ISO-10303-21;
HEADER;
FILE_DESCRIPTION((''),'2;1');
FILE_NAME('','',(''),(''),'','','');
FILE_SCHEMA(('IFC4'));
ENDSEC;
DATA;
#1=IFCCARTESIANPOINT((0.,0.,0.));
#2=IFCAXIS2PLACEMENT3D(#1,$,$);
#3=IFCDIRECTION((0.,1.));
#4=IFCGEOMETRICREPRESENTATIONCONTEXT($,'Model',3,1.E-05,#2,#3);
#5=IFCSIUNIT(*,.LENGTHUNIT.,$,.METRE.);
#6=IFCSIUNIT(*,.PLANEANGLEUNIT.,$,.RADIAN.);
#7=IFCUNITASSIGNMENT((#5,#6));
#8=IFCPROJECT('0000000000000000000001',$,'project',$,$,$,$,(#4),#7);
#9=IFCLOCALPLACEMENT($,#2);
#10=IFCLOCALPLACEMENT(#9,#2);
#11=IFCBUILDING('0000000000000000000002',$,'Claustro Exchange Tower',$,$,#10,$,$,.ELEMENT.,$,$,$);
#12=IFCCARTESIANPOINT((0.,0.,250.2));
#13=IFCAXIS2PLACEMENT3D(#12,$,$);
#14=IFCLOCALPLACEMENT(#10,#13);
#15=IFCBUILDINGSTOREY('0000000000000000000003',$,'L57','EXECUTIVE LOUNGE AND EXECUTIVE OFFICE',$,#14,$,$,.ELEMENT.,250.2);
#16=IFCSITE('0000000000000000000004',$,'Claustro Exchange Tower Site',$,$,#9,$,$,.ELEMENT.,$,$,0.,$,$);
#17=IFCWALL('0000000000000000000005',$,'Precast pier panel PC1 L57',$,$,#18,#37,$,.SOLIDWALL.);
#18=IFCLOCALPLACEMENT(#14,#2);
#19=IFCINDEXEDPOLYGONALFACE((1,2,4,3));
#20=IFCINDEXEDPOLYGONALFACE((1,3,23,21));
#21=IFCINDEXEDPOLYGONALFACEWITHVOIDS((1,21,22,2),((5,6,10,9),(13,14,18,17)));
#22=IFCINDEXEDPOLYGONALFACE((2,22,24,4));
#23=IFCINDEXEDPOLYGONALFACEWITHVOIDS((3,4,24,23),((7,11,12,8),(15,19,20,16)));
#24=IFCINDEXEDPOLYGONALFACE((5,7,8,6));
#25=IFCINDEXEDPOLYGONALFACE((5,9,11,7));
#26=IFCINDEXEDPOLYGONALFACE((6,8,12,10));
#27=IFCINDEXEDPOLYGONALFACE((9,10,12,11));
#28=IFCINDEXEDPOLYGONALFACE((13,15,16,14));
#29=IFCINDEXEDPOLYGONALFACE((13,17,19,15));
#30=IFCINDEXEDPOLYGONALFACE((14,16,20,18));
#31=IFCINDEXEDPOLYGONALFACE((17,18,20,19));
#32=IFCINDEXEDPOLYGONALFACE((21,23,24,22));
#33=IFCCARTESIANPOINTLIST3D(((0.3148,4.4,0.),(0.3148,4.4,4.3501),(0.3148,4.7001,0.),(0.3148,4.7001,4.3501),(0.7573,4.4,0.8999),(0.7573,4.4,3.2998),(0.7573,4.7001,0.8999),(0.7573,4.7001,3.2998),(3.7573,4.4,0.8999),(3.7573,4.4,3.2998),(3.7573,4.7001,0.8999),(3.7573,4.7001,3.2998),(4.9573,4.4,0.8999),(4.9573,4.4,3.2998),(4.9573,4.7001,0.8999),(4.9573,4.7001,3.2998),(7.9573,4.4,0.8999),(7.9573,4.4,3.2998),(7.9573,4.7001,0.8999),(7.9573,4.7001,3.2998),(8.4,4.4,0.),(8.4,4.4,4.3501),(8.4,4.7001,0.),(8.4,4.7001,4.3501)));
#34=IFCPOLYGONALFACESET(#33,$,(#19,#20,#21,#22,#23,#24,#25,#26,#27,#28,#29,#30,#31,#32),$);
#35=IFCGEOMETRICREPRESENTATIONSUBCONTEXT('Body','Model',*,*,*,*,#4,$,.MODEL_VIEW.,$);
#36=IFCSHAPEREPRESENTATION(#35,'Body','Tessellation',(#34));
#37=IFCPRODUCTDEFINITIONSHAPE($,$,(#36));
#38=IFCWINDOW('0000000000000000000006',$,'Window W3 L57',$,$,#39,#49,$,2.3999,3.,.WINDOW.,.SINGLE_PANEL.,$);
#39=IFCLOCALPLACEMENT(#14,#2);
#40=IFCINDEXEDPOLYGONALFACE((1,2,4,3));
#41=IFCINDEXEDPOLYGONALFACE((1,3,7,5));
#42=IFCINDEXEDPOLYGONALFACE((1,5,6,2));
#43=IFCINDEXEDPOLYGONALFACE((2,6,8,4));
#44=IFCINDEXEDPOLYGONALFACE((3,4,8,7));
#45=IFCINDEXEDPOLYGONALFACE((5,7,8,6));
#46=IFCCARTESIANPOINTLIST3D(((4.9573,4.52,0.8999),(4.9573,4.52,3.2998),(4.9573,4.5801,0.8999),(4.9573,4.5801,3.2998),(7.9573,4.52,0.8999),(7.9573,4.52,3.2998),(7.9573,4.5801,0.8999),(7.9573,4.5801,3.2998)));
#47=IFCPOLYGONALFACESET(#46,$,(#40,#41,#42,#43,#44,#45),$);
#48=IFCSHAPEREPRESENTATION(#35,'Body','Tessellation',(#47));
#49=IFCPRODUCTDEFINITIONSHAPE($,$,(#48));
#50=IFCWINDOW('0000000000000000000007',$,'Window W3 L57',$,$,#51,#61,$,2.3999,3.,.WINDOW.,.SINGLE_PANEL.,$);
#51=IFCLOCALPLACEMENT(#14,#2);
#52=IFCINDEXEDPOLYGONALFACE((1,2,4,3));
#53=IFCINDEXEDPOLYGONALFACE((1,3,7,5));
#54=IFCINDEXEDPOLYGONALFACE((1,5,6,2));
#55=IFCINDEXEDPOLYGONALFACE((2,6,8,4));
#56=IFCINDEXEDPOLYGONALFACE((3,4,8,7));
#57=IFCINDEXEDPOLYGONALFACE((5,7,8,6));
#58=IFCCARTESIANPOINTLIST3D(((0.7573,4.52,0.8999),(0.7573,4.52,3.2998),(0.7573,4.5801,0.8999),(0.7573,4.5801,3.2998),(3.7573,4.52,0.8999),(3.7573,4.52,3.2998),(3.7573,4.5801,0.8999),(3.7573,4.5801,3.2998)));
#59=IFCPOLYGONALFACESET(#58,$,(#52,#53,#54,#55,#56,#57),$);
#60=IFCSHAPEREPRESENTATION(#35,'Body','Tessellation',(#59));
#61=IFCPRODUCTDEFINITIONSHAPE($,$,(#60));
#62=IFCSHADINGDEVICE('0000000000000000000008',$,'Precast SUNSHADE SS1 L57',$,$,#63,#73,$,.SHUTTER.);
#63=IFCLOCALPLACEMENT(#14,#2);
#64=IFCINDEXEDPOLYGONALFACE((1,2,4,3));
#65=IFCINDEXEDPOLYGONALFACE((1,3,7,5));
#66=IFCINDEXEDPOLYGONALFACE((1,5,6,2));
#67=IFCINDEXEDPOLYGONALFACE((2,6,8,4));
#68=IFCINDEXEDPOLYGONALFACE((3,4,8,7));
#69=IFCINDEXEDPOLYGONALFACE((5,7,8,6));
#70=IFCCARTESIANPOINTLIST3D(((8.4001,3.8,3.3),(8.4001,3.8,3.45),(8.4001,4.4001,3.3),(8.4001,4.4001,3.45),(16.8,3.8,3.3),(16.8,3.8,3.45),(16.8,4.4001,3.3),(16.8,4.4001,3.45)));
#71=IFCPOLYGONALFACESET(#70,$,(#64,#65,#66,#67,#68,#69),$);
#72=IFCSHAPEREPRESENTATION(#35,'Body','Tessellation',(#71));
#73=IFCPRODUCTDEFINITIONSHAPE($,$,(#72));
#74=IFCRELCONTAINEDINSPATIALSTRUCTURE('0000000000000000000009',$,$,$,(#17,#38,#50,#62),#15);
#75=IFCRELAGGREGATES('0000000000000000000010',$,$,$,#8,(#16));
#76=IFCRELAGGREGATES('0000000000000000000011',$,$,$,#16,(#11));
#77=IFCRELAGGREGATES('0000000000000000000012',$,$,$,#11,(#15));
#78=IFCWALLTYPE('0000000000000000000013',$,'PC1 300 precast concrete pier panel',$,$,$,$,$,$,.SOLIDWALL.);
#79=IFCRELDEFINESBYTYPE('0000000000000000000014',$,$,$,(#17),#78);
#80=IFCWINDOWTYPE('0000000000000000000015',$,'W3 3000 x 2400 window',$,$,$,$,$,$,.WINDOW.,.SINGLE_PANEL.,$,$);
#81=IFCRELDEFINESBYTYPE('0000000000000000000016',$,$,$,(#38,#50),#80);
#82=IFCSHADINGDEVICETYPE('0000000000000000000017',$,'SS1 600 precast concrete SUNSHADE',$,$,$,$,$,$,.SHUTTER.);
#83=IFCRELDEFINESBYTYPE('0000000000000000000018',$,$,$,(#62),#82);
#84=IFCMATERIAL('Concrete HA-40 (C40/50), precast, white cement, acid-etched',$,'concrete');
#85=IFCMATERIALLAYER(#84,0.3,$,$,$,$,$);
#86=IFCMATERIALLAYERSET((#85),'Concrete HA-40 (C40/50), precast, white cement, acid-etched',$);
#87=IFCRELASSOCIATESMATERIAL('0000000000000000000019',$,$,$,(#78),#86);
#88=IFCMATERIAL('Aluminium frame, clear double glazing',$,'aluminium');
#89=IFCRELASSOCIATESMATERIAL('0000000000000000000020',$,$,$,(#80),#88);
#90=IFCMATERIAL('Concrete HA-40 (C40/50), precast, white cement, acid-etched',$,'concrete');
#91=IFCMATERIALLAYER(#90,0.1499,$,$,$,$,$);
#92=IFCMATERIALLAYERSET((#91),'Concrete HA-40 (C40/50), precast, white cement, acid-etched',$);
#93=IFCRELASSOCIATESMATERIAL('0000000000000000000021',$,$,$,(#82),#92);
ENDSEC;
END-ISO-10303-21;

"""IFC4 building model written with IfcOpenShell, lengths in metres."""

from ifc_helpers import new_model, si_unit, direction, frame, frame_2d, origin, origin_2d, place, context, subcontext, project, spatial, rectangle, extrude, material, layer, layer_set, type_object, element, fill, save


model = new_model("IFC4")

# Units and contexts
model_context = context("Model", 3, precision=1e-05, world=origin(), true_north=direction((0.0, 1.0)))
body_context = subcontext(model_context, "Body", "Model", "MODEL_VIEW")
ifc_project = project(units=[si_unit("LENGTHUNIT", "METRE"), si_unit("PLANEANGLEUNIT", "RADIAN")], contexts=[model_context])

# Site, building, storey
site_placement = place(None, origin())
site = spatial("IfcSite", under=ifc_project, at=site_placement, Name="Claustro Exchange Tower Site", CompositionType="ELEMENT", RefElevation=0.0)
building_placement = place(site_placement, origin())
building = spatial("IfcBuilding", under=site, at=building_placement, Name="Claustro Exchange Tower", CompositionType="ELEMENT")
storey_placement = place(building_placement, frame((0.0, 0.0, 250.2)))
storey = spatial("IfcBuildingStorey", under=building, at=storey_placement, Name="L57", Description="EXECUTIVE LOUNGE AND EXECUTIVE OFFICE", CompositionType="ELEMENT", Elevation=250.2)

# Wall, openings, windows
ifc_material_1 = material(Name="Concrete HA-40 (C40/50), precast, white cement, acid-etched", Category="concrete")
ifc_layer_1 = layer(ifc_material_1, 0.3)
ifc_layer_set_1 = layer_set([ifc_layer_1], Name="Concrete HA-40 (C40/50), precast, white cement, acid-etched")
wall_type_1 = type_object("IfcWallType", Name="PC1 300 precast concrete pier panel", PredefinedType="SOLIDWALL", material=ifc_layer_set_1)
wall_1_placement = place(storey_placement, frame((8.3999, 4.55, 0.0), z_axis=(0.0, 0.0, 1.0), x_axis=(-1.0, 0.0, 0.0)))
wall_1 = element("IfcWall", 1, at=wall_1_placement, inside=storey, type_object=wall_type_1, Name="Precast pier panel PC1 L57", PredefinedType="SOLIDWALL", context=body_context, shape_type="SweptSolid", body=[
    extrude(rectangle(XDim=8.0852, YDim=0.3, at=frame_2d((4.0425, 0.0))), origin(), (0.0, 0.0, 1.0), 4.3501),
])
opening_1_placement = place(wall_1_placement, frame((0.4426, 0.0, 0.8999)))
opening_1 = element("IfcOpeningElement", 2, at=opening_1_placement, cuts=wall_1, PredefinedType="OPENING", context=body_context, shape_type="SweptSolid", body=[
    extrude(rectangle(XDim=3.0, YDim=2.3999, at=frame_2d((1.5, 1.2))), frame((0.0, 0.1599, 0.0), z_axis=(0.0, -1.0, 0.0), x_axis=(1.0, 0.0, 0.0)), (0.0, 0.0, 1.0), 0.3201),
])
opening_2_placement = place(wall_1_placement, frame((4.6426, 0.0, 0.8999)))
opening_2 = element("IfcOpeningElement", 3, at=opening_2_placement, cuts=wall_1, PredefinedType="OPENING", context=body_context, shape_type="SweptSolid", body=[
    extrude(rectangle(XDim=3.0, YDim=2.3999, at=frame_2d((1.5, 1.2))), frame((0.0, 0.1599, 0.0), z_axis=(0.0, -1.0, 0.0), x_axis=(1.0, 0.0, 0.0)), (0.0, 0.0, 1.0), 0.3201),
])
ifc_material_2 = material(Name="Aluminium frame, clear double glazing", Category="aluminium")
window_type = type_object("IfcWindowType", Name="W3 3000 x 2400 window", PartitioningType="SINGLE_PANEL", PredefinedType="WINDOW", material=ifc_material_2)
window_1_placement = place(opening_1_placement, origin())
window_1 = element("IfcWindow", 4, at=window_1_placement, inside=storey, type_object=window_type, Name="Window W3 L57", OverallHeight=2.3999, OverallWidth=3.0, PartitioningType="SINGLE_PANEL", PredefinedType="WINDOW", context=body_context, shape_type="SweptSolid", body=[
    extrude(rectangle(XDim=3.0, YDim=2.3999, at=frame_2d((1.5, 1.2))), frame((0.0, 0.03, 0.0), z_axis=(0.0, -1.0, 0.0), x_axis=(1.0, 0.0, 0.0)), (0.0, 0.0, 1.0), 0.0601),
])
fill(opening_1, window_1)
window_2_placement = place(opening_2_placement, origin())
window_2 = element("IfcWindow", 5, at=window_2_placement, inside=storey, type_object=window_type, Name="Window W3 L57", OverallHeight=2.3999, OverallWidth=3.0, PartitioningType="SINGLE_PANEL", PredefinedType="WINDOW", context=body_context, shape_type="SweptSolid", body=[
    extrude(rectangle(XDim=3.0, YDim=2.3999, at=frame_2d((1.5, 1.2))), frame((0.0, 0.03, 0.0), z_axis=(0.0, -1.0, 0.0), x_axis=(1.0, 0.0, 0.0)), (0.0, 0.0, 1.0), 0.0601),
])
fill(opening_2, window_2)

# Shading device
ifc_material_3 = material(Name="Concrete HA-40 (C40/50), precast, white cement, acid-etched", Category="concrete")
ifc_layer_2 = layer(ifc_material_3, 0.1499)
ifc_layer_set_2 = layer_set([ifc_layer_2], Name="Concrete HA-40 (C40/50), precast, white cement, acid-etched")
shading_device_type = type_object("IfcShadingDeviceType", Name="SS1 600 precast concrete SUNSHADE", PredefinedType="SHUTTER", material=ifc_layer_set_2)
shading_device_placement = place(storey_placement, frame((12.6001, 4.1001, 3.3), z_axis=(0.0, 0.0, 1.0), x_axis=(-1.0, 0.0, 0.0)))
element("IfcShadingDevice", 6, at=shading_device_placement, inside=storey, type_object=shading_device_type, Name="Precast SUNSHADE SS1 L57", PredefinedType="SHUTTER", context=body_context, shape_type="SweptSolid", body=[
    extrude(rectangle(XDim=8.3999, YDim=0.6001, at=origin_2d()), origin(), (0.0, 0.0, 1.0), 0.1499),
])

save(model, "model.ifc")
